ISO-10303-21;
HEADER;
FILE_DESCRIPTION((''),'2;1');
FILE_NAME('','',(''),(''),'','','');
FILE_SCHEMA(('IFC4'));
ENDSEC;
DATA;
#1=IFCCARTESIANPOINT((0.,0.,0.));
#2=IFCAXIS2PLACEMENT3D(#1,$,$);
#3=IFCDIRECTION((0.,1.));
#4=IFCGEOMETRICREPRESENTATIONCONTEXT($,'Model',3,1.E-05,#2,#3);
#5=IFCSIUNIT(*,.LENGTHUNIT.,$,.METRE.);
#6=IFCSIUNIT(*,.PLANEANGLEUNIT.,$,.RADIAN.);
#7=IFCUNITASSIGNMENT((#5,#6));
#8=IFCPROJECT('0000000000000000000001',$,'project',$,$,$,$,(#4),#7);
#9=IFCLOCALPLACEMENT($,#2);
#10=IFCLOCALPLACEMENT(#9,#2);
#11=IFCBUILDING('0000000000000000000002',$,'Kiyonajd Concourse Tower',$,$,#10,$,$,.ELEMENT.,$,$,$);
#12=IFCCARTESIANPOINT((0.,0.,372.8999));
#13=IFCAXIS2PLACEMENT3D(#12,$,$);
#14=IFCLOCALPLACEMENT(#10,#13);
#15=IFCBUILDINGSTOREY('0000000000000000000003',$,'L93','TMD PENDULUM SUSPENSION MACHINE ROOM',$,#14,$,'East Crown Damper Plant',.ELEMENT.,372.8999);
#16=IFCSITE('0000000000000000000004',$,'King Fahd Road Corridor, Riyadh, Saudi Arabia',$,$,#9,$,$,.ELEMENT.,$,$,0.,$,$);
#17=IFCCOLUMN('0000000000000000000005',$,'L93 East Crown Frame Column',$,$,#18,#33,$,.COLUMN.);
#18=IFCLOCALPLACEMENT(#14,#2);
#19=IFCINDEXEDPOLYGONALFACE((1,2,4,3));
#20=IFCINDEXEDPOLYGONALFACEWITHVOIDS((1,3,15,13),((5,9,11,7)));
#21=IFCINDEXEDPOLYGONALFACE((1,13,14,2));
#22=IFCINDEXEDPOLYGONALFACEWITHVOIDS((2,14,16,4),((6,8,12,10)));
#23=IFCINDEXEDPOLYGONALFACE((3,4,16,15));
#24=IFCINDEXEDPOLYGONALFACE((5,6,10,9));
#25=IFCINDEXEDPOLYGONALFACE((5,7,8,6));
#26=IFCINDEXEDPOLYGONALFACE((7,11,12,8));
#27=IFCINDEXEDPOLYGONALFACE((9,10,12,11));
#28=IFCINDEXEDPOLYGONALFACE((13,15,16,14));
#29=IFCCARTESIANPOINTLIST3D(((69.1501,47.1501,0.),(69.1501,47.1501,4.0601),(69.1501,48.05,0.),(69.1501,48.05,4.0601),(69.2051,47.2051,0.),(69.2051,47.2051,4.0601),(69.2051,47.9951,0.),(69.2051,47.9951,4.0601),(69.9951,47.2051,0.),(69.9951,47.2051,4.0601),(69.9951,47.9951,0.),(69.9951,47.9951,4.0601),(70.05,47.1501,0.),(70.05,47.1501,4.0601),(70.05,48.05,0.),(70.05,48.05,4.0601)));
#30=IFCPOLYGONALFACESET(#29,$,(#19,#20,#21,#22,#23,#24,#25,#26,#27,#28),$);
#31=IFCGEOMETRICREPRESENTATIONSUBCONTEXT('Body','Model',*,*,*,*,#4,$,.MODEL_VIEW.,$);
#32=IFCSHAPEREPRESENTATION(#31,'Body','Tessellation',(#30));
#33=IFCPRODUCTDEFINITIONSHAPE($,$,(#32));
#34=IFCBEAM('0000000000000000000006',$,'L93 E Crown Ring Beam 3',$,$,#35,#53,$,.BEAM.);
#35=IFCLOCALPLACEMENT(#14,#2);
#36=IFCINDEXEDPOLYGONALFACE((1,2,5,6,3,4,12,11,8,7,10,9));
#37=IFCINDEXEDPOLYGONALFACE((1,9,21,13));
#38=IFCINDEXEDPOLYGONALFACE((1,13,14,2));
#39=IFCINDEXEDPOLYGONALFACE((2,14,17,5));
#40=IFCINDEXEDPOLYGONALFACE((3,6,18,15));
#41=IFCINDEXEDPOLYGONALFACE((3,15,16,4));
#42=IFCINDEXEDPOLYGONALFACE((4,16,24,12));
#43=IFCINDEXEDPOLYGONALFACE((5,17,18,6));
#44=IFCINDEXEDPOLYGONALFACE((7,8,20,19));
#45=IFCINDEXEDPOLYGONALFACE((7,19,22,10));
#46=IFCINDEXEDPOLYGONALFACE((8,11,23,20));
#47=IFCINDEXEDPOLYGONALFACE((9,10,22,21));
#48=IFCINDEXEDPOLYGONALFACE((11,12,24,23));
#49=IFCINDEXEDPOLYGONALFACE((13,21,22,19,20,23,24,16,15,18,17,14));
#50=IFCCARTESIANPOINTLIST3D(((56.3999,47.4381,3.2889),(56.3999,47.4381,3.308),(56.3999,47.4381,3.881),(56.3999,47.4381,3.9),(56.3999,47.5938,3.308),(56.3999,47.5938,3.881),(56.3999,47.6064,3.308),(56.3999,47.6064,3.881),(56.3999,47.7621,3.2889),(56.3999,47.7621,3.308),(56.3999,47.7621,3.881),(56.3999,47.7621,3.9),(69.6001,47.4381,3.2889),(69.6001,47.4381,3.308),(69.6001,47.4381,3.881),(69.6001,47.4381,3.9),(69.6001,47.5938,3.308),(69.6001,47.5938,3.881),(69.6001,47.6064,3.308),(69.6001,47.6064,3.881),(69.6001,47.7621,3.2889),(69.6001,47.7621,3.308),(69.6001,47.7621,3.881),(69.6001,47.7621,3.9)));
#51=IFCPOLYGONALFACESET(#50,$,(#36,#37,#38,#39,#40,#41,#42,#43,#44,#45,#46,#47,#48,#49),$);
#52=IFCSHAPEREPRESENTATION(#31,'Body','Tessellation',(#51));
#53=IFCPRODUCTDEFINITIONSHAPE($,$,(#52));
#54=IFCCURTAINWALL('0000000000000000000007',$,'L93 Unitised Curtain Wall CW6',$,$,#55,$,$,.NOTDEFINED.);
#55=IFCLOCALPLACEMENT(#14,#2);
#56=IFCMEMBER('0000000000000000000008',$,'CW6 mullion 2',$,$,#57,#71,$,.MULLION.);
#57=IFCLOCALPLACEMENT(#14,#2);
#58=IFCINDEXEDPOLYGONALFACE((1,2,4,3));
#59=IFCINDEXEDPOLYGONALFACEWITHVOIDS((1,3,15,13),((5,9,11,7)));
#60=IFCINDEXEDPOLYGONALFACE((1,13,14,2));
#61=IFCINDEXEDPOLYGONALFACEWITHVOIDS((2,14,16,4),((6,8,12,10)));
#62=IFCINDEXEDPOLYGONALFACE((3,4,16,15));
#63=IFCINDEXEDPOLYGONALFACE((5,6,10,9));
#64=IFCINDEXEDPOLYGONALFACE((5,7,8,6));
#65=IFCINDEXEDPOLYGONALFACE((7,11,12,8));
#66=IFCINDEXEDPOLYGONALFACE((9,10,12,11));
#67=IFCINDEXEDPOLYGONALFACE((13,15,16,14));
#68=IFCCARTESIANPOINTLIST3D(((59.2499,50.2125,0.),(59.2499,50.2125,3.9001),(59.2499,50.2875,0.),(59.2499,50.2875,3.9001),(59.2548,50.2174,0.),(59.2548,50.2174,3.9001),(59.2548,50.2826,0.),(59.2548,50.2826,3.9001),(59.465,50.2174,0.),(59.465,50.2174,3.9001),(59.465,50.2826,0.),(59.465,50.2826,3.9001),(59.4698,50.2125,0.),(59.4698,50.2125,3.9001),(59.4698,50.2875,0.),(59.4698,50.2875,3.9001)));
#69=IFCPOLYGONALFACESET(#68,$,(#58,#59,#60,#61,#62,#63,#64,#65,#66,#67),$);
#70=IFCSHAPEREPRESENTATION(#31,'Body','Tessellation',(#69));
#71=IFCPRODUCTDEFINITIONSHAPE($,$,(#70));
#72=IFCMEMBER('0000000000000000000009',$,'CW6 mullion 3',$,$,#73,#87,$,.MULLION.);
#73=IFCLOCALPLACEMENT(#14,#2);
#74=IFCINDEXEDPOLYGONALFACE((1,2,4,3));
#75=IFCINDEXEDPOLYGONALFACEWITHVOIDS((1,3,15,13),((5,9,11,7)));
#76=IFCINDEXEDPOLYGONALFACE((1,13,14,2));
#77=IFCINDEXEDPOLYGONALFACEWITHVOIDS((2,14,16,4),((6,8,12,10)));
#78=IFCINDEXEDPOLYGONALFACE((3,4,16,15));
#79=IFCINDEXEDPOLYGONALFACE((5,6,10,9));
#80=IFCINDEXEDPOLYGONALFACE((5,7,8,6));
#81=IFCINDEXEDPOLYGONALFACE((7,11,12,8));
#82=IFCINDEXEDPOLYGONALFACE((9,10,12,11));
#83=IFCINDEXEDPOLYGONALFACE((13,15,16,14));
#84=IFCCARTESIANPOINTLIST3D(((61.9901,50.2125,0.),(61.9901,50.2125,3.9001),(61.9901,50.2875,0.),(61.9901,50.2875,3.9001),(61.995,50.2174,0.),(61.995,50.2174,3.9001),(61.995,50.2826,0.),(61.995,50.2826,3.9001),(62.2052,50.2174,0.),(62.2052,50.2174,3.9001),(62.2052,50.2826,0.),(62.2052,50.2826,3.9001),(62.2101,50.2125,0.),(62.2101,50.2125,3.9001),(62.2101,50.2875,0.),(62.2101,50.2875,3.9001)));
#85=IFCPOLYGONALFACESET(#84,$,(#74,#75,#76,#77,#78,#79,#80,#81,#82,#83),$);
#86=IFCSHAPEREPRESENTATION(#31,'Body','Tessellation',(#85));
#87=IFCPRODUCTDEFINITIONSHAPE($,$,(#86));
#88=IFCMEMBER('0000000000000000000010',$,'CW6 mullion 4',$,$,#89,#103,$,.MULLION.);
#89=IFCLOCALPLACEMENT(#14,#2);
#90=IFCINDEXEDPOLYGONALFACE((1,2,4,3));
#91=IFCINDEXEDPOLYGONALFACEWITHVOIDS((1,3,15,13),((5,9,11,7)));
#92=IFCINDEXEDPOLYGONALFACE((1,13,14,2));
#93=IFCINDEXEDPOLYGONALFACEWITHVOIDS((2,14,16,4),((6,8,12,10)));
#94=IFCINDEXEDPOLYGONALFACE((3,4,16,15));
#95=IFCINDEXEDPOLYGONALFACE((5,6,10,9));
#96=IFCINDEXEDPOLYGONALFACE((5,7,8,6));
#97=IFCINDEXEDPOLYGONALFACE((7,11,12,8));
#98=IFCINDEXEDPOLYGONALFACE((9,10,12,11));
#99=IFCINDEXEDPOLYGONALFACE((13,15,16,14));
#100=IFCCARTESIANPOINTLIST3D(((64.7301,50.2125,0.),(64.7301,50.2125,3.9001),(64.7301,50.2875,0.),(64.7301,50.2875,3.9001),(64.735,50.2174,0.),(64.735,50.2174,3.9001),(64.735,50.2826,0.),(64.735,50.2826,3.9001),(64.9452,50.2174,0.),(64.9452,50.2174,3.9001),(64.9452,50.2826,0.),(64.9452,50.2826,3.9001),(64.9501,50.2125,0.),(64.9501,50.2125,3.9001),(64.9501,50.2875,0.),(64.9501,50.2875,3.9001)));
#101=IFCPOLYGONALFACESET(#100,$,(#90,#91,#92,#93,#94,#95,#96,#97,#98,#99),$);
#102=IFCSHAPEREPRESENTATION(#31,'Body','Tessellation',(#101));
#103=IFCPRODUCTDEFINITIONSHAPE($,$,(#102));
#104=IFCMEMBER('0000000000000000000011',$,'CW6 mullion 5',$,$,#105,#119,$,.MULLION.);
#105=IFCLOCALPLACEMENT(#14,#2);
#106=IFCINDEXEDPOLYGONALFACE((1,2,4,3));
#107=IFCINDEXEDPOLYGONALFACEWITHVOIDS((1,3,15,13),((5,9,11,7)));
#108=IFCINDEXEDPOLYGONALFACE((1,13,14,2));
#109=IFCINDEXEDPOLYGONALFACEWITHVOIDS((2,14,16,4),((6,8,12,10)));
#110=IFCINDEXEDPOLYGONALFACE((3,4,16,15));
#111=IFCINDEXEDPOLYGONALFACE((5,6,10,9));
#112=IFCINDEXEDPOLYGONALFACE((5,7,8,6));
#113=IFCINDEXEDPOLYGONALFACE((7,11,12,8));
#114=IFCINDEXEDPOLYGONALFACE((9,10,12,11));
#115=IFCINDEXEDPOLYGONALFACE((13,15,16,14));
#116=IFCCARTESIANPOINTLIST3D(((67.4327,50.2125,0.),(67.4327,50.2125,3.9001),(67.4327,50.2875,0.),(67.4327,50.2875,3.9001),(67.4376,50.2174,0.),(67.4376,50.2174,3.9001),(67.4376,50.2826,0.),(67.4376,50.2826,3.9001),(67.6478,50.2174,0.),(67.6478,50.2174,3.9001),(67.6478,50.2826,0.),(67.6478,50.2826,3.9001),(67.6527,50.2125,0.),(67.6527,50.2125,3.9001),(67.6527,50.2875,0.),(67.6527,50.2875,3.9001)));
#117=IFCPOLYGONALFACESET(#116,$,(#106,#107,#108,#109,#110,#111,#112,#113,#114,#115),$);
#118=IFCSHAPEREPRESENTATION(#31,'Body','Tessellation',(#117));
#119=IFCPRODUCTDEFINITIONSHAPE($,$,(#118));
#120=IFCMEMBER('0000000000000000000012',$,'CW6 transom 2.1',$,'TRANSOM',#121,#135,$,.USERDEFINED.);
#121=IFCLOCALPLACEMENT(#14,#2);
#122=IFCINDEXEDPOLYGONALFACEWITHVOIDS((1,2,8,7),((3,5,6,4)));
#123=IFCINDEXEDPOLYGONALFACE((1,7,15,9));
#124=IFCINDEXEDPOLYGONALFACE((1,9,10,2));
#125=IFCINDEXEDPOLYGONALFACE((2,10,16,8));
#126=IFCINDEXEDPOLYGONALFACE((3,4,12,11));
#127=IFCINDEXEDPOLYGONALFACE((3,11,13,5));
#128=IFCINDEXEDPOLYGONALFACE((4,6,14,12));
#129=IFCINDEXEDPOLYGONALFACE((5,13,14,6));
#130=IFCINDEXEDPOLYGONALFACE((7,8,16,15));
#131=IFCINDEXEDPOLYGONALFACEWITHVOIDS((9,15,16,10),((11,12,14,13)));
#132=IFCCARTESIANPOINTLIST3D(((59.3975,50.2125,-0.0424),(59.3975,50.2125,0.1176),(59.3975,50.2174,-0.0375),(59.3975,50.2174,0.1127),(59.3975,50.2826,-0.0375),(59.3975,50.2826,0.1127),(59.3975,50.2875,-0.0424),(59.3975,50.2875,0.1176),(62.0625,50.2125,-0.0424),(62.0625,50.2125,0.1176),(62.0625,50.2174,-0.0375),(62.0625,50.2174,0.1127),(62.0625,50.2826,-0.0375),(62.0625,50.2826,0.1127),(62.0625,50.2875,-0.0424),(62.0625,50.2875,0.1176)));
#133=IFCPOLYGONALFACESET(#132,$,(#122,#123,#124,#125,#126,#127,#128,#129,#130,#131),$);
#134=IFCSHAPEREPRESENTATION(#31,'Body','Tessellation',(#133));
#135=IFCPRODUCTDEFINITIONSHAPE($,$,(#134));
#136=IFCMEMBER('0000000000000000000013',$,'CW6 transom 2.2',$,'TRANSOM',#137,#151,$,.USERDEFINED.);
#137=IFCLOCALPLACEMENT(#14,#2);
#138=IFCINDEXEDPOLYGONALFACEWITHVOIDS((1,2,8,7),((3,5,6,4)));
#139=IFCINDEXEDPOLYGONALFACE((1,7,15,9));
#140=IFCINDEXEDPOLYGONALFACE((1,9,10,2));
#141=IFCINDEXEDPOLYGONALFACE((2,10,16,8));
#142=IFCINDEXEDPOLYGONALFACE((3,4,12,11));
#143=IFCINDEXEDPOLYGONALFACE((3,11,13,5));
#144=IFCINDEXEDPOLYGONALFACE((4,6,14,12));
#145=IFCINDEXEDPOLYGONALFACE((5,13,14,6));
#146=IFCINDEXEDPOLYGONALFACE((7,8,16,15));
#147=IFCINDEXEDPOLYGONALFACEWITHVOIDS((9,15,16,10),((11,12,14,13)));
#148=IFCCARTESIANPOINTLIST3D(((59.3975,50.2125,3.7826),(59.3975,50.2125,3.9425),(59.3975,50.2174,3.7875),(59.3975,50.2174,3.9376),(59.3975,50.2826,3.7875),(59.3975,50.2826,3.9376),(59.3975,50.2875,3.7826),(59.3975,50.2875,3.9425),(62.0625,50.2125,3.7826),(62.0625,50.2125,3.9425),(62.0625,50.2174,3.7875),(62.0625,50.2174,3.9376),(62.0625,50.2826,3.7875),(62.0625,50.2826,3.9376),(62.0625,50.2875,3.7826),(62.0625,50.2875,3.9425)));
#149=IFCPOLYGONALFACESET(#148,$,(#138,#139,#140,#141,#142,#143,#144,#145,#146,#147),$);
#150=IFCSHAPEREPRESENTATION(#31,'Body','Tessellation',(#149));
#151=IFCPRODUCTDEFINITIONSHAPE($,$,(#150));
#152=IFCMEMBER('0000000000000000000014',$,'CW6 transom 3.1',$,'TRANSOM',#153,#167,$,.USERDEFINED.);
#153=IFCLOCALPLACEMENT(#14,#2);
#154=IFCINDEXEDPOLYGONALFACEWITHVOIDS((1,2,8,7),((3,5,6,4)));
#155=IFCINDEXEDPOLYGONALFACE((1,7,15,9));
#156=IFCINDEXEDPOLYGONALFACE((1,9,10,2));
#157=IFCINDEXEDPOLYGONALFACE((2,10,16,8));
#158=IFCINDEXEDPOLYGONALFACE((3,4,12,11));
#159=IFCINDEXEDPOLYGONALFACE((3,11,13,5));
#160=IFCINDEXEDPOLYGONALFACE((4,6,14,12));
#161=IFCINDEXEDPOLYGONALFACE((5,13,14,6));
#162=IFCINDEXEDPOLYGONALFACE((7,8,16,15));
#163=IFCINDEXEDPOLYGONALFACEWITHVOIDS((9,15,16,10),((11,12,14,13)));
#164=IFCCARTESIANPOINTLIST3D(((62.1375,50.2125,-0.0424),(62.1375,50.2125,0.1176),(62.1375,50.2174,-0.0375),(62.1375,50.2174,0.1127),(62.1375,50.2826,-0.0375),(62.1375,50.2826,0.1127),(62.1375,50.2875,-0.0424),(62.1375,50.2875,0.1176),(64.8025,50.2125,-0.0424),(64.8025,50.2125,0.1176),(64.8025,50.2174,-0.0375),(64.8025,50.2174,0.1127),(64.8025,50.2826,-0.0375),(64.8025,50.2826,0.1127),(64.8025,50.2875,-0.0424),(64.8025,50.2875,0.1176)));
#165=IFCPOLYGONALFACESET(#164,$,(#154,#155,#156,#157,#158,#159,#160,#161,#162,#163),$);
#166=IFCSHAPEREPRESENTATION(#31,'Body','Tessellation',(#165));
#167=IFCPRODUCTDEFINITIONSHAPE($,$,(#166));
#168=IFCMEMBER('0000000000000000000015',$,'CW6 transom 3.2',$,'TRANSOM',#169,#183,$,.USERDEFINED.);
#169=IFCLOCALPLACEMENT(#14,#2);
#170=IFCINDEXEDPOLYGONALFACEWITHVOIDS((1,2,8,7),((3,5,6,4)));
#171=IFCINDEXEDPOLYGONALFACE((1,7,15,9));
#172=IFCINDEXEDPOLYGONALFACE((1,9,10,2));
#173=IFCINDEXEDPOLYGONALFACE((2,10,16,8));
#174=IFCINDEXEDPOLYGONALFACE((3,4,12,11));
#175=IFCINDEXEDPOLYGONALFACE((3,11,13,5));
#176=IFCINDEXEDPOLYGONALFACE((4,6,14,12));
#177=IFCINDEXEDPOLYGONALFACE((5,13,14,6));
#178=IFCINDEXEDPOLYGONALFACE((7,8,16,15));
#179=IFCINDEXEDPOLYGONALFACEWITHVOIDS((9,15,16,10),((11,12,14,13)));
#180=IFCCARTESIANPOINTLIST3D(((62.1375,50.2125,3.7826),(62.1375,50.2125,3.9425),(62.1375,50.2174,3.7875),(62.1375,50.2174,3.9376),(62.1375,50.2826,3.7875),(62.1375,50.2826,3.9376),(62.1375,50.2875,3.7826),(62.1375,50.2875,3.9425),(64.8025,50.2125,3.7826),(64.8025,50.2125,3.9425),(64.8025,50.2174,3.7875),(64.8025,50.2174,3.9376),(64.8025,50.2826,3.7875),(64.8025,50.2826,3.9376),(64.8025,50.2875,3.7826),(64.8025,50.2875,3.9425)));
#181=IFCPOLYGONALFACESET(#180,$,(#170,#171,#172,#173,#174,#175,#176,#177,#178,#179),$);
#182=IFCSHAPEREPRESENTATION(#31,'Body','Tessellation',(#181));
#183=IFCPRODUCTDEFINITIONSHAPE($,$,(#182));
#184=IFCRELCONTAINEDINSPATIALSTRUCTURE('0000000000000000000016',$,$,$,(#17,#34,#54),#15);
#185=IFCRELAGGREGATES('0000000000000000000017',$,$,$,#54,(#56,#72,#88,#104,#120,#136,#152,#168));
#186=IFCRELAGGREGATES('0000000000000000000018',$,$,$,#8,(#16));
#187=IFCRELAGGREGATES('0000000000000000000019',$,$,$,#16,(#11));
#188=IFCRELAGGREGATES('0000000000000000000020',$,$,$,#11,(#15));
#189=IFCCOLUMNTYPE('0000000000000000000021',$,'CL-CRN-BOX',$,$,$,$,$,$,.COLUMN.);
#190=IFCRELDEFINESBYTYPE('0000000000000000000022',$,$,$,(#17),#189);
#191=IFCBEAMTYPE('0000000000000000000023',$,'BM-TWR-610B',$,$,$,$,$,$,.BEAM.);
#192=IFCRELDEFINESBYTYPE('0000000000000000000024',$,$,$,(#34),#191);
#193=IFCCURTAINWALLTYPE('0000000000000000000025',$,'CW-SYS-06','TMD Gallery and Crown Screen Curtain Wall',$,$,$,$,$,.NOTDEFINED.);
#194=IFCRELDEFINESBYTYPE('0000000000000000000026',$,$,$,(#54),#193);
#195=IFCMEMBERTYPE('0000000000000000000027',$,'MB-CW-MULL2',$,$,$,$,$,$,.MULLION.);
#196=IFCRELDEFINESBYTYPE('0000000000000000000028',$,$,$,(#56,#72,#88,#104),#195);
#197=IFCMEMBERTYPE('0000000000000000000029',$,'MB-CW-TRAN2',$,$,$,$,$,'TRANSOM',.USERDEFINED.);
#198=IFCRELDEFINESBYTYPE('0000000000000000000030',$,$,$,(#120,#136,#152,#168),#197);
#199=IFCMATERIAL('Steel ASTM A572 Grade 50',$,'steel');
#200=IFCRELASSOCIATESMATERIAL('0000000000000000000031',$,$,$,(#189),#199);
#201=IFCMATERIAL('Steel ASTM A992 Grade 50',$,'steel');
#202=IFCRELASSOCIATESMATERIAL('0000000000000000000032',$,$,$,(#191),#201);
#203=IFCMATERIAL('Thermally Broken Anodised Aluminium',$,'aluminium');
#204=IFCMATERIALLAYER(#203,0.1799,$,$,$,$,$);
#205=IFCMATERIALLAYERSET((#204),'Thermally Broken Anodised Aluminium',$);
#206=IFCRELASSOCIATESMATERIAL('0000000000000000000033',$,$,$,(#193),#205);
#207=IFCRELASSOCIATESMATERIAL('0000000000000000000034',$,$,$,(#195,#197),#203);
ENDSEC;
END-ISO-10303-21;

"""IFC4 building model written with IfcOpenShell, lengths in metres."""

from ifc_helpers import new_model, si_unit, direction, frame, origin, origin_2d, place, context, subcontext, project, spatial, hollow_rectangle, i_section, extrude, material, layer, layer_set, material_profile, profile_set, type_object, element, aggregate, save


model = new_model("IFC4")

# Units and contexts
model_context = context("Model", 3, precision=1e-05, world=origin(), true_north=direction((0.0, 1.0)))
body_context = subcontext(model_context, "Body", "Model", "MODEL_VIEW")
ifc_project = project(units=[si_unit("LENGTHUNIT", "METRE"), si_unit("PLANEANGLEUNIT", "RADIAN")], contexts=[model_context])

# Site, building, storey
site_placement = place(None, origin())
site = spatial("IfcSite", under=ifc_project, at=site_placement, Name="King Fahd Road Corridor, Riyadh, Saudi Arabia", CompositionType="ELEMENT", RefElevation=0.0)
building_placement = place(site_placement, origin())
building = spatial("IfcBuilding", under=site, at=building_placement, Name="Kiyonajd Concourse Tower", CompositionType="ELEMENT")
storey_placement = place(building_placement, frame((0.0, 0.0, 372.8999)))
storey = spatial("IfcBuildingStorey", under=building, at=storey_placement, Name="L93", Description="TMD PENDULUM SUSPENSION MACHINE ROOM", LongName="East Crown Damper Plant", CompositionType="ELEMENT", Elevation=372.8999)

# Column
ifc_material_1 = material(Name="Steel ASTM A572 Grade 50", Category="steel")
ifc_material_profile_1 = material_profile(ifc_material_1, hollow_rectangle(XDim=0.8999, YDim=0.8999, WallThickness=0.0549, at=origin_2d()), Name="BOX-900x900x55")
ifc_profile_set_1 = profile_set([ifc_material_profile_1], Name="Steel ASTM A572 Grade 50")
column_type = type_object("IfcColumnType", Name="CL-CRN-BOX", PredefinedType="COLUMN", material=ifc_profile_set_1)
column_placement = place(storey_placement, frame((69.6001, 47.6001, 0.0), z_axis=(0.0, 0.0, 1.0), x_axis=(1.0, 0.0, 0.0)))
element("IfcColumn", 1, at=column_placement, inside=storey, type_object=column_type, Name="L93 East Crown Frame Column", PredefinedType="COLUMN", context=body_context, shape_type="SweptSolid", body=[
    extrude(hollow_rectangle(XDim=0.8999, YDim=0.8999, WallThickness=0.0549, at=origin_2d()), origin(), (0.0, 0.0, 1.0), 4.0601),
])

# Beam
ifc_material_2 = material(Name="Steel ASTM A992 Grade 50", Category="steel")
ifc_material_profile_2 = material_profile(ifc_material_2, i_section(OverallWidth=0.324, OverallDepth=0.6111, WebThickness=0.0127, FlangeThickness=0.019, at=origin_2d()), Name="W610X155")
ifc_profile_set_2 = profile_set([ifc_material_profile_2], Name="Steel ASTM A992 Grade 50")
beam_type = type_object("IfcBeamType", Name="BM-TWR-610B", PredefinedType="BEAM", material=ifc_profile_set_2)
beam_placement = place(storey_placement, frame((69.6001, 47.6001, 3.5945), z_axis=(-1.0, 0.0, 0.0), x_axis=(0.0, -1.0, 0.0)))
element("IfcBeam", 2, at=beam_placement, inside=storey, type_object=beam_type, Name="L93 E Crown Ring Beam 3", PredefinedType="BEAM", context=body_context, shape_type="SweptSolid", body=[
    extrude(i_section(OverallWidth=0.324, OverallDepth=0.6111, WebThickness=0.0127, FlangeThickness=0.019, at=origin_2d()), origin(), (0.0, 0.0, 1.0), 13.2002),
])

# Curtain wall, members
ifc_material_3 = material(Name="Thermally Broken Anodised Aluminium", Category="aluminium")
ifc_layer_1 = layer(ifc_material_3, 0.1799)
ifc_layer_set_1 = layer_set([ifc_layer_1], Name="Thermally Broken Anodised Aluminium")
curtain_wall_type = type_object("IfcCurtainWallType", Name="CW-SYS-06", Description="TMD Gallery and Crown Screen Curtain Wall", PredefinedType="NOTDEFINED", material=ifc_layer_set_1)
curtain_wall_placement = place(storey_placement, origin())
curtain_wall = element("IfcCurtainWall", 3, at=curtain_wall_placement, inside=storey, type_object=curtain_wall_type, Name="L93 Unitised Curtain Wall CW6", PredefinedType="NOTDEFINED")
ifc_material_profile_3 = material_profile(ifc_material_3, hollow_rectangle(XDim=0.075, YDim=0.22, WallThickness=0.0049, at=origin_2d()), Name="MULL-75x220")
ifc_profile_set_3 = profile_set([ifc_material_profile_3], Name="Thermally Broken Anodised Aluminium")
member_type_1 = type_object("IfcMemberType", Name="MB-CW-MULL2", PredefinedType="MULLION", material=ifc_profile_set_3)
member_1_placement = place(storey_placement, frame((59.3599, 50.25, 0.0), z_axis=(0.0, 0.0, 1.0), x_axis=(0.0, 1.0, 0.0)))
member_1 = element("IfcMember", 4, at=member_1_placement, type_object=member_type_1, Name="CW6 mullion 2", PredefinedType="MULLION", context=body_context, shape_type="SweptSolid", body=[
    extrude(hollow_rectangle(XDim=0.075, YDim=0.22, WallThickness=0.0049, at=origin_2d()), origin(), (0.0, 0.0, 1.0), 3.9001),
])
member_2_placement = place(storey_placement, frame((62.1001, 50.25, 0.0), z_axis=(0.0, 0.0, 1.0), x_axis=(0.0, 1.0, 0.0)))
member_2 = element("IfcMember", 5, at=member_2_placement, type_object=member_type_1, Name="CW6 mullion 3", PredefinedType="MULLION", context=body_context, shape_type="SweptSolid", body=[
    extrude(hollow_rectangle(XDim=0.075, YDim=0.22, WallThickness=0.0049, at=origin_2d()), origin(), (0.0, 0.0, 1.0), 3.9001),
])
member_3_placement = place(storey_placement, frame((64.8401, 50.25, 0.0), z_axis=(0.0, 0.0, 1.0), x_axis=(0.0, 1.0, 0.0)))
member_3 = element("IfcMember", 6, at=member_3_placement, type_object=member_type_1, Name="CW6 mullion 4", PredefinedType="MULLION", context=body_context, shape_type="SweptSolid", body=[
    extrude(hollow_rectangle(XDim=0.075, YDim=0.22, WallThickness=0.0049, at=origin_2d()), origin(), (0.0, 0.0, 1.0), 3.9001),
])
member_4_placement = place(storey_placement, frame((67.5427, 50.25, 0.0), z_axis=(0.0, 0.0, 1.0), x_axis=(0.0, 1.0, 0.0)))
member_4 = element("IfcMember", 7, at=member_4_placement, type_object=member_type_1, Name="CW6 mullion 5", PredefinedType="MULLION", context=body_context, shape_type="SweptSolid", body=[
    extrude(hollow_rectangle(XDim=0.075, YDim=0.22, WallThickness=0.0049, at=origin_2d()), origin(), (0.0, 0.0, 1.0), 3.9001),
])
ifc_material_profile_4 = material_profile(ifc_material_3, hollow_rectangle(XDim=0.075, YDim=0.1599, WallThickness=0.0049, at=origin_2d()), Name="TRAN-75x160")
ifc_profile_set_4 = profile_set([ifc_material_profile_4], Name="Thermally Broken Anodised Aluminium")
member_type_2 = type_object("IfcMemberType", Name="MB-CW-TRAN2", ElementType="TRANSOM", PredefinedType="USERDEFINED", material=ifc_profile_set_4)
member_5_placement = place(storey_placement, frame((59.3975, 50.25, 0.0376), z_axis=(1.0, 0.0, 0.0), x_axis=(0.0, 1.0, 0.0)))
member_5 = element("IfcMember", 8, at=member_5_placement, type_object=member_type_2, Name="CW6 transom 2.1", ObjectType="TRANSOM", PredefinedType="USERDEFINED", context=body_context, shape_type="SweptSolid", body=[
    extrude(hollow_rectangle(XDim=0.075, YDim=0.1599, WallThickness=0.0049, at=origin_2d()), origin(), (0.0, 0.0, 1.0), 2.665),
])
member_6_placement = place(storey_placement, frame((59.3975, 50.25, 3.8625), z_axis=(1.0, 0.0, 0.0), x_axis=(0.0, 1.0, 0.0)))
member_6 = element("IfcMember", 9, at=member_6_placement, type_object=member_type_2, Name="CW6 transom 2.2", ObjectType="TRANSOM", PredefinedType="USERDEFINED", context=body_context, shape_type="SweptSolid", body=[
    extrude(hollow_rectangle(XDim=0.075, YDim=0.1599, WallThickness=0.0049, at=origin_2d()), origin(), (0.0, 0.0, 1.0), 2.665),
])
member_7_placement = place(storey_placement, frame((62.1375, 50.25, 0.0376), z_axis=(1.0, 0.0, 0.0), x_axis=(0.0, 1.0, 0.0)))
member_7 = element("IfcMember", 10, at=member_7_placement, type_object=member_type_2, Name="CW6 transom 3.1", ObjectType="TRANSOM", PredefinedType="USERDEFINED", context=body_context, shape_type="SweptSolid", body=[
    extrude(hollow_rectangle(XDim=0.075, YDim=0.1599, WallThickness=0.0049, at=origin_2d()), origin(), (0.0, 0.0, 1.0), 2.665),
])
member_8_placement = place(storey_placement, frame((62.1375, 50.25, 3.8625), z_axis=(1.0, 0.0, 0.0), x_axis=(0.0, 1.0, 0.0)))
member_8 = element("IfcMember", 11, at=member_8_placement, type_object=member_type_2, Name="CW6 transom 3.2", ObjectType="TRANSOM", PredefinedType="USERDEFINED", context=body_context, shape_type="SweptSolid", body=[
    extrude(hollow_rectangle(XDim=0.075, YDim=0.1599, WallThickness=0.0049, at=origin_2d()), origin(), (0.0, 0.0, 1.0), 2.665),
])

aggregate(curtain_wall, [member_1, member_2, member_3, member_4, member_5, member_6, member_7, member_8])

save(model, "model.ifc")
